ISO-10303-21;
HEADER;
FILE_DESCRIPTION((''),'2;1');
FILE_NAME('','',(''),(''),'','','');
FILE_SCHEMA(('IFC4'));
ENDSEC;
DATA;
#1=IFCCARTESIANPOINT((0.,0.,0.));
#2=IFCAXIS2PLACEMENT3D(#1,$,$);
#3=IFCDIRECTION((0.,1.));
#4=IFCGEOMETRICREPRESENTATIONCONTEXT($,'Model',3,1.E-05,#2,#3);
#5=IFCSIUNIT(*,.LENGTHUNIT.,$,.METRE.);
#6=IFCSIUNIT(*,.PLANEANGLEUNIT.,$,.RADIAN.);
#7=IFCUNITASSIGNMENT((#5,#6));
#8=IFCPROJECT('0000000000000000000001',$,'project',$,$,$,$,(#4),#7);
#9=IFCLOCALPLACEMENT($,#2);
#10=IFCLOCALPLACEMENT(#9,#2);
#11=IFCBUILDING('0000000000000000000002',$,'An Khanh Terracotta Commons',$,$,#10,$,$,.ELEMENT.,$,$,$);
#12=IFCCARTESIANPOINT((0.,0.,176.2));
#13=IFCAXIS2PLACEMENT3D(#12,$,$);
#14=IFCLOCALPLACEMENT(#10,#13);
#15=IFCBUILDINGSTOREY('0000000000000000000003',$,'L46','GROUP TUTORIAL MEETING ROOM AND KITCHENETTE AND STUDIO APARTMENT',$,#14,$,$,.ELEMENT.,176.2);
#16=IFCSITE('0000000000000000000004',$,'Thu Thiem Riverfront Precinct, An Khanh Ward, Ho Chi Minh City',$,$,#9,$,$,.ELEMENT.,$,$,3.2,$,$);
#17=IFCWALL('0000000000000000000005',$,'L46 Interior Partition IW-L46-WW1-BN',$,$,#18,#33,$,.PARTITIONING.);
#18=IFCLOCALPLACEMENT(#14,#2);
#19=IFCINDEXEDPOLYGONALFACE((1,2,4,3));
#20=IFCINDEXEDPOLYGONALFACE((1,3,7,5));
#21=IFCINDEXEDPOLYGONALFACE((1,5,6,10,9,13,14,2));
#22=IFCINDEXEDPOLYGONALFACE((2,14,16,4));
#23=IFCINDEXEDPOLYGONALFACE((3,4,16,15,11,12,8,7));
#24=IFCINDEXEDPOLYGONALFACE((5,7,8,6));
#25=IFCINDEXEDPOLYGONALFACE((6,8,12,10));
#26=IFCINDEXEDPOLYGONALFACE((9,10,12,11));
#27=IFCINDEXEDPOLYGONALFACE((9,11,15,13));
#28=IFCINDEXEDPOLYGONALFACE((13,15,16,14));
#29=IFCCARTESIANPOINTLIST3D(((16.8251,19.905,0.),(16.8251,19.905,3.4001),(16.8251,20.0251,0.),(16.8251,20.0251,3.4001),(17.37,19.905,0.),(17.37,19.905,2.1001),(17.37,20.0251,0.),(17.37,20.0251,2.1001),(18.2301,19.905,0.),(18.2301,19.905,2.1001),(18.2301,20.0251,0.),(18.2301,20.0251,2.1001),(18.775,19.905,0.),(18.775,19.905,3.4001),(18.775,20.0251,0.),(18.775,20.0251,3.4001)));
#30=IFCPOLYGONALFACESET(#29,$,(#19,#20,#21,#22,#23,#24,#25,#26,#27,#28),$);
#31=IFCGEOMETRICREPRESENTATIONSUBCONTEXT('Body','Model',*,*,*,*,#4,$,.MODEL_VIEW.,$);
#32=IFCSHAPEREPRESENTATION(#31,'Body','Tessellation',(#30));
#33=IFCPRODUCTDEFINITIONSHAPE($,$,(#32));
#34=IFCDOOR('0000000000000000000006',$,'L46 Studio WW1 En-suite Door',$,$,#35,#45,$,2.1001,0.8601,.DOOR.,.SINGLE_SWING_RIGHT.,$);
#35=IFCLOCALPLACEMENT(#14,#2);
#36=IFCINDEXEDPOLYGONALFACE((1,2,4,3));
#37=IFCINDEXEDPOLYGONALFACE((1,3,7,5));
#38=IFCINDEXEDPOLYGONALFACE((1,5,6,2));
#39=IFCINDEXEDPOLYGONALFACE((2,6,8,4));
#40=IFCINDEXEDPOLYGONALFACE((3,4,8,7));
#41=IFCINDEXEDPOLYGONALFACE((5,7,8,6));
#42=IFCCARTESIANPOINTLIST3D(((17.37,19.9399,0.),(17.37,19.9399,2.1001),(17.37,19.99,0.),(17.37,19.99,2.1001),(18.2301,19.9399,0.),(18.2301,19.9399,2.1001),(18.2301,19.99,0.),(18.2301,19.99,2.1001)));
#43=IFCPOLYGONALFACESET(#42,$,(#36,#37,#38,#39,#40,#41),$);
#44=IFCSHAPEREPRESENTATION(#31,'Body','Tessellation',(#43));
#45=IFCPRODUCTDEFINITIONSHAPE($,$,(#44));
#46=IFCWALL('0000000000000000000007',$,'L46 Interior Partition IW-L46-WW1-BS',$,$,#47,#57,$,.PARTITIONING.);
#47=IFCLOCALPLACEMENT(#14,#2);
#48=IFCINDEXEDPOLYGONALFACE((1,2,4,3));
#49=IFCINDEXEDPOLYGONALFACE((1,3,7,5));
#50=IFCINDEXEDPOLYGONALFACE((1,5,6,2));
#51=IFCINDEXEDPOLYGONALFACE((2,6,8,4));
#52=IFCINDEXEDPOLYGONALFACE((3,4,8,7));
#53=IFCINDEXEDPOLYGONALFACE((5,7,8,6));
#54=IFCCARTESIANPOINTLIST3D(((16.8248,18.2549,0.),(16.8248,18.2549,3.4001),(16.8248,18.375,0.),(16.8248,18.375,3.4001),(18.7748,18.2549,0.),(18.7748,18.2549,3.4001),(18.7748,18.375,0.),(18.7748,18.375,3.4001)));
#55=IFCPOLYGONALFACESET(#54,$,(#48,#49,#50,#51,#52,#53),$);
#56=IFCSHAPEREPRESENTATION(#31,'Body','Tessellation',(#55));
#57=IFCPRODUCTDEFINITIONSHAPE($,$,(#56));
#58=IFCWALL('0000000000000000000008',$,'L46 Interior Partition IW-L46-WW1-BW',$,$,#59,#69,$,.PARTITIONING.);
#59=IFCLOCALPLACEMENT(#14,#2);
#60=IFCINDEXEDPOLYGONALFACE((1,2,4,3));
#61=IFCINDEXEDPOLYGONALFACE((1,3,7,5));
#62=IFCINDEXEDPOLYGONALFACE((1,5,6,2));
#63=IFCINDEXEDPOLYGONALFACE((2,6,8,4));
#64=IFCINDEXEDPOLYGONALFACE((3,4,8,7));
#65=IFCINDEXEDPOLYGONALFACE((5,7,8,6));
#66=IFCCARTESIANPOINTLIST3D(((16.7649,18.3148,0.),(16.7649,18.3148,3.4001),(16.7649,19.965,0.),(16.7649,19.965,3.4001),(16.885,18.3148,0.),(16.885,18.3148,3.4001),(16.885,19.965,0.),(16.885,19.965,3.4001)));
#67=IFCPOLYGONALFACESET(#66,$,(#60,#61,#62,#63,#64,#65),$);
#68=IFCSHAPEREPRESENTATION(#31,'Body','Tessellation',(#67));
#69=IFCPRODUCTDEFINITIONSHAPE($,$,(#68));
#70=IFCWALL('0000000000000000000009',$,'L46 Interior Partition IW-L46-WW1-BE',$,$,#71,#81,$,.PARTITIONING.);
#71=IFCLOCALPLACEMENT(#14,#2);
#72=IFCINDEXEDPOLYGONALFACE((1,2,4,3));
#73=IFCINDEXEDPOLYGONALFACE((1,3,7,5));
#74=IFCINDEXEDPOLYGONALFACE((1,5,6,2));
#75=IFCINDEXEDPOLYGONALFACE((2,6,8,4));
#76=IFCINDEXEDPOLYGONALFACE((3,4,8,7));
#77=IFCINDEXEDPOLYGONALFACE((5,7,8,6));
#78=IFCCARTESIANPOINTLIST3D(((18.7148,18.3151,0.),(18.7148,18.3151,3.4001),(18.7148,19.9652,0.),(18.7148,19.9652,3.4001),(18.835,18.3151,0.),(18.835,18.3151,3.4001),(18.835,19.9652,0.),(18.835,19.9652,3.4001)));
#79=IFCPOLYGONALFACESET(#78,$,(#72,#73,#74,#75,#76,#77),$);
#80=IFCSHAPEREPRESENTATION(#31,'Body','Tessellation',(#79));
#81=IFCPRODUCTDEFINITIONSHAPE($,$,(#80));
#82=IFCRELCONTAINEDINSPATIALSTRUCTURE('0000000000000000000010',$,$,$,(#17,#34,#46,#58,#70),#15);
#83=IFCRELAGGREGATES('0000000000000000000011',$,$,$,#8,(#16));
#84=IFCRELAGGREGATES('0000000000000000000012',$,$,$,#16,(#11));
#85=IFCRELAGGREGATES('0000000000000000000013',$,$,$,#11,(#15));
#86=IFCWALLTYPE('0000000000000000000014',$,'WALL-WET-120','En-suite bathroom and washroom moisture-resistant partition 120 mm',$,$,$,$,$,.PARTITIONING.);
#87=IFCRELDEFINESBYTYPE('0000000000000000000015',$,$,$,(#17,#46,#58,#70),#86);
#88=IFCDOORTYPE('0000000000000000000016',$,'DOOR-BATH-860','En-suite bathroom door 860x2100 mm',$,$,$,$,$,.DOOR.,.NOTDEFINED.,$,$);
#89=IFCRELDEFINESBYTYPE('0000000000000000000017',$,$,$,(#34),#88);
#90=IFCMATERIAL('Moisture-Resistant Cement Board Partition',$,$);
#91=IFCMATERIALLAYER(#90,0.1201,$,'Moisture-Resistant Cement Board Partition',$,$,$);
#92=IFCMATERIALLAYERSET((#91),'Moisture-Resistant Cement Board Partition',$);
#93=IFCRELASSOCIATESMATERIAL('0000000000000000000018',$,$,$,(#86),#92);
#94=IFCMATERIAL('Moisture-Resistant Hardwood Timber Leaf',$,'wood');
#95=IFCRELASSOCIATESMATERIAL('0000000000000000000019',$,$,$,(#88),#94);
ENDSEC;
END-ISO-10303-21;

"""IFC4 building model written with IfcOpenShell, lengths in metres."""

from ifc_helpers import new_model, si_unit, direction, frame, frame_2d, origin, place, context, subcontext, project, spatial, rectangle, extrude, material, layer, layer_set, type_object, element, fill, save


model = new_model("IFC4")

# Units and contexts
model_context = context("Model", 3, precision=1e-05, world=origin(), true_north=direction((0.0, 1.0)))
body_context = subcontext(model_context, "Body", "Model", "MODEL_VIEW")
ifc_project = project(units=[si_unit("LENGTHUNIT", "METRE"), si_unit("PLANEANGLEUNIT", "RADIAN")], contexts=[model_context])

# Site, building, storey
site_placement = place(None, origin())
site = spatial("IfcSite", under=ifc_project, at=site_placement, Name="Thu Thiem Riverfront Precinct, An Khanh Ward, Ho Chi Minh City", CompositionType="ELEMENT", RefElevation=3.2)
building_placement = place(site_placement, origin())
building = spatial("IfcBuilding", under=site, at=building_placement, Name="An Khanh Terracotta Commons", CompositionType="ELEMENT")
storey_placement = place(building_placement, frame((0.0, 0.0, 176.2)))
storey = spatial("IfcBuildingStorey", under=building, at=storey_placement, Name="L46", Description="GROUP TUTORIAL MEETING ROOM AND KITCHENETTE AND STUDIO APARTMENT", CompositionType="ELEMENT", Elevation=176.2)

# Wall, opening, door
ifc_material_1 = material(Name="Moisture-Resistant Cement Board Partition")
ifc_layer_1 = layer(ifc_material_1, 0.1201, Name="Moisture-Resistant Cement Board Partition")
ifc_layer_set_1 = layer_set([ifc_layer_1], Name="Moisture-Resistant Cement Board Partition")
wall_type_1 = type_object("IfcWallType", Name="WALL-WET-120", Description="En-suite bathroom and washroom moisture-resistant partition 120 mm", PredefinedType="PARTITIONING", material=ifc_layer_set_1)
wall_1_placement = place(storey_placement, frame((16.825, 19.9651, 0.0), z_axis=(0.0, 0.0, 1.0), x_axis=(1.0, 0.0, 0.0)))
wall_1 = element("IfcWall", 1, at=wall_1_placement, inside=storey, type_object=wall_type_1, Name="L46 Interior Partition IW-L46-WW1-BN", PredefinedType="PARTITIONING", context=body_context, shape_type="SweptSolid", body=[
    extrude(rectangle(XDim=1.95, YDim=0.1201, at=frame_2d((0.9751, 0.0))), origin(), (0.0, 0.0, 1.0), 3.4001),
])
opening_1_placement = place(wall_1_placement, frame((0.5449, 0.0, 0.0)))
opening_1 = element("IfcOpeningElement", 2, at=opening_1_placement, cuts=wall_1, PredefinedType="OPENING", context=body_context, shape_type="SweptSolid", body=[
    extrude(rectangle(XDim=0.8601, YDim=2.1001, at=frame_2d((0.4302, 1.05))), frame((0.0, 0.0701, 0.0), z_axis=(0.0, -1.0, 0.0), x_axis=(1.0, 0.0, 0.0)), (0.0, 0.0, 1.0), 0.1401),
])
ifc_material_2 = material(Name="Moisture-Resistant Hardwood Timber Leaf", Category="wood")
door_type_1 = type_object("IfcDoorType", Name="DOOR-BATH-860", Description="En-suite bathroom door 860x2100 mm", OperationType="NOTDEFINED", PredefinedType="DOOR", material=ifc_material_2)
door_1_placement = place(opening_1_placement, origin())
door_1 = element("IfcDoor", 3, at=door_1_placement, inside=storey, type_object=door_type_1, Name="L46 Studio WW1 En-suite Door", OperationType="SINGLE_SWING_RIGHT", OverallHeight=2.1001, OverallWidth=0.8601, PredefinedType="DOOR", context=body_context, shape_type="SweptSolid", body=[
    extrude(rectangle(XDim=0.8601, YDim=2.1001, at=frame_2d((0.4302, 1.05))), frame((0.0, 0.0249, 0.0), z_axis=(0.0, -1.0, 0.0), x_axis=(1.0, 0.0, 0.0)), (0.0, 0.0, 1.0), 0.05),
])
fill(opening_1, door_1)

# Walls
wall_2_placement = place(storey_placement, frame((18.7749, 18.3149, 0.0), z_axis=(0.0, 0.0, 1.0), x_axis=(-1.0, 0.0, 0.0)))
element("IfcWall", 4, at=wall_2_placement, inside=storey, type_object=wall_type_1, Name="L46 Interior Partition IW-L46-WW1-BS", PredefinedType="PARTITIONING", context=body_context, shape_type="SweptSolid", body=[
    extrude(rectangle(XDim=1.95, YDim=0.1201, at=frame_2d((0.9751, 0.0))), origin(), (0.0, 0.0, 1.0), 3.4001),
])
for number, where, z_axis, x_axis, name in (
    (5, (16.825, 19.9651, 0.0), (0.0, 0.0, 1.0), (0.0, -1.0, 0.0), "L46 Interior Partition IW-L46-WW1-BW"),
    (6, (18.7749, 18.3149, 0.0), (0.0, 0.0, 1.0), (0.0, 1.0, 0.0), "L46 Interior Partition IW-L46-WW1-BE"),
):
    element("IfcWall", number, at=place(storey_placement, frame(where, z_axis=z_axis, x_axis=x_axis)), inside=storey, type_object=wall_type_1, Name=name, PredefinedType="PARTITIONING", context=body_context, shape_type="SweptSolid", body=[
        extrude(rectangle(XDim=1.6501, YDim=0.1201, at=frame_2d((0.8252, 0.0))), origin(), (0.0, 0.0, 1.0), 3.4001),
    ])

save(model, "model.ifc")
